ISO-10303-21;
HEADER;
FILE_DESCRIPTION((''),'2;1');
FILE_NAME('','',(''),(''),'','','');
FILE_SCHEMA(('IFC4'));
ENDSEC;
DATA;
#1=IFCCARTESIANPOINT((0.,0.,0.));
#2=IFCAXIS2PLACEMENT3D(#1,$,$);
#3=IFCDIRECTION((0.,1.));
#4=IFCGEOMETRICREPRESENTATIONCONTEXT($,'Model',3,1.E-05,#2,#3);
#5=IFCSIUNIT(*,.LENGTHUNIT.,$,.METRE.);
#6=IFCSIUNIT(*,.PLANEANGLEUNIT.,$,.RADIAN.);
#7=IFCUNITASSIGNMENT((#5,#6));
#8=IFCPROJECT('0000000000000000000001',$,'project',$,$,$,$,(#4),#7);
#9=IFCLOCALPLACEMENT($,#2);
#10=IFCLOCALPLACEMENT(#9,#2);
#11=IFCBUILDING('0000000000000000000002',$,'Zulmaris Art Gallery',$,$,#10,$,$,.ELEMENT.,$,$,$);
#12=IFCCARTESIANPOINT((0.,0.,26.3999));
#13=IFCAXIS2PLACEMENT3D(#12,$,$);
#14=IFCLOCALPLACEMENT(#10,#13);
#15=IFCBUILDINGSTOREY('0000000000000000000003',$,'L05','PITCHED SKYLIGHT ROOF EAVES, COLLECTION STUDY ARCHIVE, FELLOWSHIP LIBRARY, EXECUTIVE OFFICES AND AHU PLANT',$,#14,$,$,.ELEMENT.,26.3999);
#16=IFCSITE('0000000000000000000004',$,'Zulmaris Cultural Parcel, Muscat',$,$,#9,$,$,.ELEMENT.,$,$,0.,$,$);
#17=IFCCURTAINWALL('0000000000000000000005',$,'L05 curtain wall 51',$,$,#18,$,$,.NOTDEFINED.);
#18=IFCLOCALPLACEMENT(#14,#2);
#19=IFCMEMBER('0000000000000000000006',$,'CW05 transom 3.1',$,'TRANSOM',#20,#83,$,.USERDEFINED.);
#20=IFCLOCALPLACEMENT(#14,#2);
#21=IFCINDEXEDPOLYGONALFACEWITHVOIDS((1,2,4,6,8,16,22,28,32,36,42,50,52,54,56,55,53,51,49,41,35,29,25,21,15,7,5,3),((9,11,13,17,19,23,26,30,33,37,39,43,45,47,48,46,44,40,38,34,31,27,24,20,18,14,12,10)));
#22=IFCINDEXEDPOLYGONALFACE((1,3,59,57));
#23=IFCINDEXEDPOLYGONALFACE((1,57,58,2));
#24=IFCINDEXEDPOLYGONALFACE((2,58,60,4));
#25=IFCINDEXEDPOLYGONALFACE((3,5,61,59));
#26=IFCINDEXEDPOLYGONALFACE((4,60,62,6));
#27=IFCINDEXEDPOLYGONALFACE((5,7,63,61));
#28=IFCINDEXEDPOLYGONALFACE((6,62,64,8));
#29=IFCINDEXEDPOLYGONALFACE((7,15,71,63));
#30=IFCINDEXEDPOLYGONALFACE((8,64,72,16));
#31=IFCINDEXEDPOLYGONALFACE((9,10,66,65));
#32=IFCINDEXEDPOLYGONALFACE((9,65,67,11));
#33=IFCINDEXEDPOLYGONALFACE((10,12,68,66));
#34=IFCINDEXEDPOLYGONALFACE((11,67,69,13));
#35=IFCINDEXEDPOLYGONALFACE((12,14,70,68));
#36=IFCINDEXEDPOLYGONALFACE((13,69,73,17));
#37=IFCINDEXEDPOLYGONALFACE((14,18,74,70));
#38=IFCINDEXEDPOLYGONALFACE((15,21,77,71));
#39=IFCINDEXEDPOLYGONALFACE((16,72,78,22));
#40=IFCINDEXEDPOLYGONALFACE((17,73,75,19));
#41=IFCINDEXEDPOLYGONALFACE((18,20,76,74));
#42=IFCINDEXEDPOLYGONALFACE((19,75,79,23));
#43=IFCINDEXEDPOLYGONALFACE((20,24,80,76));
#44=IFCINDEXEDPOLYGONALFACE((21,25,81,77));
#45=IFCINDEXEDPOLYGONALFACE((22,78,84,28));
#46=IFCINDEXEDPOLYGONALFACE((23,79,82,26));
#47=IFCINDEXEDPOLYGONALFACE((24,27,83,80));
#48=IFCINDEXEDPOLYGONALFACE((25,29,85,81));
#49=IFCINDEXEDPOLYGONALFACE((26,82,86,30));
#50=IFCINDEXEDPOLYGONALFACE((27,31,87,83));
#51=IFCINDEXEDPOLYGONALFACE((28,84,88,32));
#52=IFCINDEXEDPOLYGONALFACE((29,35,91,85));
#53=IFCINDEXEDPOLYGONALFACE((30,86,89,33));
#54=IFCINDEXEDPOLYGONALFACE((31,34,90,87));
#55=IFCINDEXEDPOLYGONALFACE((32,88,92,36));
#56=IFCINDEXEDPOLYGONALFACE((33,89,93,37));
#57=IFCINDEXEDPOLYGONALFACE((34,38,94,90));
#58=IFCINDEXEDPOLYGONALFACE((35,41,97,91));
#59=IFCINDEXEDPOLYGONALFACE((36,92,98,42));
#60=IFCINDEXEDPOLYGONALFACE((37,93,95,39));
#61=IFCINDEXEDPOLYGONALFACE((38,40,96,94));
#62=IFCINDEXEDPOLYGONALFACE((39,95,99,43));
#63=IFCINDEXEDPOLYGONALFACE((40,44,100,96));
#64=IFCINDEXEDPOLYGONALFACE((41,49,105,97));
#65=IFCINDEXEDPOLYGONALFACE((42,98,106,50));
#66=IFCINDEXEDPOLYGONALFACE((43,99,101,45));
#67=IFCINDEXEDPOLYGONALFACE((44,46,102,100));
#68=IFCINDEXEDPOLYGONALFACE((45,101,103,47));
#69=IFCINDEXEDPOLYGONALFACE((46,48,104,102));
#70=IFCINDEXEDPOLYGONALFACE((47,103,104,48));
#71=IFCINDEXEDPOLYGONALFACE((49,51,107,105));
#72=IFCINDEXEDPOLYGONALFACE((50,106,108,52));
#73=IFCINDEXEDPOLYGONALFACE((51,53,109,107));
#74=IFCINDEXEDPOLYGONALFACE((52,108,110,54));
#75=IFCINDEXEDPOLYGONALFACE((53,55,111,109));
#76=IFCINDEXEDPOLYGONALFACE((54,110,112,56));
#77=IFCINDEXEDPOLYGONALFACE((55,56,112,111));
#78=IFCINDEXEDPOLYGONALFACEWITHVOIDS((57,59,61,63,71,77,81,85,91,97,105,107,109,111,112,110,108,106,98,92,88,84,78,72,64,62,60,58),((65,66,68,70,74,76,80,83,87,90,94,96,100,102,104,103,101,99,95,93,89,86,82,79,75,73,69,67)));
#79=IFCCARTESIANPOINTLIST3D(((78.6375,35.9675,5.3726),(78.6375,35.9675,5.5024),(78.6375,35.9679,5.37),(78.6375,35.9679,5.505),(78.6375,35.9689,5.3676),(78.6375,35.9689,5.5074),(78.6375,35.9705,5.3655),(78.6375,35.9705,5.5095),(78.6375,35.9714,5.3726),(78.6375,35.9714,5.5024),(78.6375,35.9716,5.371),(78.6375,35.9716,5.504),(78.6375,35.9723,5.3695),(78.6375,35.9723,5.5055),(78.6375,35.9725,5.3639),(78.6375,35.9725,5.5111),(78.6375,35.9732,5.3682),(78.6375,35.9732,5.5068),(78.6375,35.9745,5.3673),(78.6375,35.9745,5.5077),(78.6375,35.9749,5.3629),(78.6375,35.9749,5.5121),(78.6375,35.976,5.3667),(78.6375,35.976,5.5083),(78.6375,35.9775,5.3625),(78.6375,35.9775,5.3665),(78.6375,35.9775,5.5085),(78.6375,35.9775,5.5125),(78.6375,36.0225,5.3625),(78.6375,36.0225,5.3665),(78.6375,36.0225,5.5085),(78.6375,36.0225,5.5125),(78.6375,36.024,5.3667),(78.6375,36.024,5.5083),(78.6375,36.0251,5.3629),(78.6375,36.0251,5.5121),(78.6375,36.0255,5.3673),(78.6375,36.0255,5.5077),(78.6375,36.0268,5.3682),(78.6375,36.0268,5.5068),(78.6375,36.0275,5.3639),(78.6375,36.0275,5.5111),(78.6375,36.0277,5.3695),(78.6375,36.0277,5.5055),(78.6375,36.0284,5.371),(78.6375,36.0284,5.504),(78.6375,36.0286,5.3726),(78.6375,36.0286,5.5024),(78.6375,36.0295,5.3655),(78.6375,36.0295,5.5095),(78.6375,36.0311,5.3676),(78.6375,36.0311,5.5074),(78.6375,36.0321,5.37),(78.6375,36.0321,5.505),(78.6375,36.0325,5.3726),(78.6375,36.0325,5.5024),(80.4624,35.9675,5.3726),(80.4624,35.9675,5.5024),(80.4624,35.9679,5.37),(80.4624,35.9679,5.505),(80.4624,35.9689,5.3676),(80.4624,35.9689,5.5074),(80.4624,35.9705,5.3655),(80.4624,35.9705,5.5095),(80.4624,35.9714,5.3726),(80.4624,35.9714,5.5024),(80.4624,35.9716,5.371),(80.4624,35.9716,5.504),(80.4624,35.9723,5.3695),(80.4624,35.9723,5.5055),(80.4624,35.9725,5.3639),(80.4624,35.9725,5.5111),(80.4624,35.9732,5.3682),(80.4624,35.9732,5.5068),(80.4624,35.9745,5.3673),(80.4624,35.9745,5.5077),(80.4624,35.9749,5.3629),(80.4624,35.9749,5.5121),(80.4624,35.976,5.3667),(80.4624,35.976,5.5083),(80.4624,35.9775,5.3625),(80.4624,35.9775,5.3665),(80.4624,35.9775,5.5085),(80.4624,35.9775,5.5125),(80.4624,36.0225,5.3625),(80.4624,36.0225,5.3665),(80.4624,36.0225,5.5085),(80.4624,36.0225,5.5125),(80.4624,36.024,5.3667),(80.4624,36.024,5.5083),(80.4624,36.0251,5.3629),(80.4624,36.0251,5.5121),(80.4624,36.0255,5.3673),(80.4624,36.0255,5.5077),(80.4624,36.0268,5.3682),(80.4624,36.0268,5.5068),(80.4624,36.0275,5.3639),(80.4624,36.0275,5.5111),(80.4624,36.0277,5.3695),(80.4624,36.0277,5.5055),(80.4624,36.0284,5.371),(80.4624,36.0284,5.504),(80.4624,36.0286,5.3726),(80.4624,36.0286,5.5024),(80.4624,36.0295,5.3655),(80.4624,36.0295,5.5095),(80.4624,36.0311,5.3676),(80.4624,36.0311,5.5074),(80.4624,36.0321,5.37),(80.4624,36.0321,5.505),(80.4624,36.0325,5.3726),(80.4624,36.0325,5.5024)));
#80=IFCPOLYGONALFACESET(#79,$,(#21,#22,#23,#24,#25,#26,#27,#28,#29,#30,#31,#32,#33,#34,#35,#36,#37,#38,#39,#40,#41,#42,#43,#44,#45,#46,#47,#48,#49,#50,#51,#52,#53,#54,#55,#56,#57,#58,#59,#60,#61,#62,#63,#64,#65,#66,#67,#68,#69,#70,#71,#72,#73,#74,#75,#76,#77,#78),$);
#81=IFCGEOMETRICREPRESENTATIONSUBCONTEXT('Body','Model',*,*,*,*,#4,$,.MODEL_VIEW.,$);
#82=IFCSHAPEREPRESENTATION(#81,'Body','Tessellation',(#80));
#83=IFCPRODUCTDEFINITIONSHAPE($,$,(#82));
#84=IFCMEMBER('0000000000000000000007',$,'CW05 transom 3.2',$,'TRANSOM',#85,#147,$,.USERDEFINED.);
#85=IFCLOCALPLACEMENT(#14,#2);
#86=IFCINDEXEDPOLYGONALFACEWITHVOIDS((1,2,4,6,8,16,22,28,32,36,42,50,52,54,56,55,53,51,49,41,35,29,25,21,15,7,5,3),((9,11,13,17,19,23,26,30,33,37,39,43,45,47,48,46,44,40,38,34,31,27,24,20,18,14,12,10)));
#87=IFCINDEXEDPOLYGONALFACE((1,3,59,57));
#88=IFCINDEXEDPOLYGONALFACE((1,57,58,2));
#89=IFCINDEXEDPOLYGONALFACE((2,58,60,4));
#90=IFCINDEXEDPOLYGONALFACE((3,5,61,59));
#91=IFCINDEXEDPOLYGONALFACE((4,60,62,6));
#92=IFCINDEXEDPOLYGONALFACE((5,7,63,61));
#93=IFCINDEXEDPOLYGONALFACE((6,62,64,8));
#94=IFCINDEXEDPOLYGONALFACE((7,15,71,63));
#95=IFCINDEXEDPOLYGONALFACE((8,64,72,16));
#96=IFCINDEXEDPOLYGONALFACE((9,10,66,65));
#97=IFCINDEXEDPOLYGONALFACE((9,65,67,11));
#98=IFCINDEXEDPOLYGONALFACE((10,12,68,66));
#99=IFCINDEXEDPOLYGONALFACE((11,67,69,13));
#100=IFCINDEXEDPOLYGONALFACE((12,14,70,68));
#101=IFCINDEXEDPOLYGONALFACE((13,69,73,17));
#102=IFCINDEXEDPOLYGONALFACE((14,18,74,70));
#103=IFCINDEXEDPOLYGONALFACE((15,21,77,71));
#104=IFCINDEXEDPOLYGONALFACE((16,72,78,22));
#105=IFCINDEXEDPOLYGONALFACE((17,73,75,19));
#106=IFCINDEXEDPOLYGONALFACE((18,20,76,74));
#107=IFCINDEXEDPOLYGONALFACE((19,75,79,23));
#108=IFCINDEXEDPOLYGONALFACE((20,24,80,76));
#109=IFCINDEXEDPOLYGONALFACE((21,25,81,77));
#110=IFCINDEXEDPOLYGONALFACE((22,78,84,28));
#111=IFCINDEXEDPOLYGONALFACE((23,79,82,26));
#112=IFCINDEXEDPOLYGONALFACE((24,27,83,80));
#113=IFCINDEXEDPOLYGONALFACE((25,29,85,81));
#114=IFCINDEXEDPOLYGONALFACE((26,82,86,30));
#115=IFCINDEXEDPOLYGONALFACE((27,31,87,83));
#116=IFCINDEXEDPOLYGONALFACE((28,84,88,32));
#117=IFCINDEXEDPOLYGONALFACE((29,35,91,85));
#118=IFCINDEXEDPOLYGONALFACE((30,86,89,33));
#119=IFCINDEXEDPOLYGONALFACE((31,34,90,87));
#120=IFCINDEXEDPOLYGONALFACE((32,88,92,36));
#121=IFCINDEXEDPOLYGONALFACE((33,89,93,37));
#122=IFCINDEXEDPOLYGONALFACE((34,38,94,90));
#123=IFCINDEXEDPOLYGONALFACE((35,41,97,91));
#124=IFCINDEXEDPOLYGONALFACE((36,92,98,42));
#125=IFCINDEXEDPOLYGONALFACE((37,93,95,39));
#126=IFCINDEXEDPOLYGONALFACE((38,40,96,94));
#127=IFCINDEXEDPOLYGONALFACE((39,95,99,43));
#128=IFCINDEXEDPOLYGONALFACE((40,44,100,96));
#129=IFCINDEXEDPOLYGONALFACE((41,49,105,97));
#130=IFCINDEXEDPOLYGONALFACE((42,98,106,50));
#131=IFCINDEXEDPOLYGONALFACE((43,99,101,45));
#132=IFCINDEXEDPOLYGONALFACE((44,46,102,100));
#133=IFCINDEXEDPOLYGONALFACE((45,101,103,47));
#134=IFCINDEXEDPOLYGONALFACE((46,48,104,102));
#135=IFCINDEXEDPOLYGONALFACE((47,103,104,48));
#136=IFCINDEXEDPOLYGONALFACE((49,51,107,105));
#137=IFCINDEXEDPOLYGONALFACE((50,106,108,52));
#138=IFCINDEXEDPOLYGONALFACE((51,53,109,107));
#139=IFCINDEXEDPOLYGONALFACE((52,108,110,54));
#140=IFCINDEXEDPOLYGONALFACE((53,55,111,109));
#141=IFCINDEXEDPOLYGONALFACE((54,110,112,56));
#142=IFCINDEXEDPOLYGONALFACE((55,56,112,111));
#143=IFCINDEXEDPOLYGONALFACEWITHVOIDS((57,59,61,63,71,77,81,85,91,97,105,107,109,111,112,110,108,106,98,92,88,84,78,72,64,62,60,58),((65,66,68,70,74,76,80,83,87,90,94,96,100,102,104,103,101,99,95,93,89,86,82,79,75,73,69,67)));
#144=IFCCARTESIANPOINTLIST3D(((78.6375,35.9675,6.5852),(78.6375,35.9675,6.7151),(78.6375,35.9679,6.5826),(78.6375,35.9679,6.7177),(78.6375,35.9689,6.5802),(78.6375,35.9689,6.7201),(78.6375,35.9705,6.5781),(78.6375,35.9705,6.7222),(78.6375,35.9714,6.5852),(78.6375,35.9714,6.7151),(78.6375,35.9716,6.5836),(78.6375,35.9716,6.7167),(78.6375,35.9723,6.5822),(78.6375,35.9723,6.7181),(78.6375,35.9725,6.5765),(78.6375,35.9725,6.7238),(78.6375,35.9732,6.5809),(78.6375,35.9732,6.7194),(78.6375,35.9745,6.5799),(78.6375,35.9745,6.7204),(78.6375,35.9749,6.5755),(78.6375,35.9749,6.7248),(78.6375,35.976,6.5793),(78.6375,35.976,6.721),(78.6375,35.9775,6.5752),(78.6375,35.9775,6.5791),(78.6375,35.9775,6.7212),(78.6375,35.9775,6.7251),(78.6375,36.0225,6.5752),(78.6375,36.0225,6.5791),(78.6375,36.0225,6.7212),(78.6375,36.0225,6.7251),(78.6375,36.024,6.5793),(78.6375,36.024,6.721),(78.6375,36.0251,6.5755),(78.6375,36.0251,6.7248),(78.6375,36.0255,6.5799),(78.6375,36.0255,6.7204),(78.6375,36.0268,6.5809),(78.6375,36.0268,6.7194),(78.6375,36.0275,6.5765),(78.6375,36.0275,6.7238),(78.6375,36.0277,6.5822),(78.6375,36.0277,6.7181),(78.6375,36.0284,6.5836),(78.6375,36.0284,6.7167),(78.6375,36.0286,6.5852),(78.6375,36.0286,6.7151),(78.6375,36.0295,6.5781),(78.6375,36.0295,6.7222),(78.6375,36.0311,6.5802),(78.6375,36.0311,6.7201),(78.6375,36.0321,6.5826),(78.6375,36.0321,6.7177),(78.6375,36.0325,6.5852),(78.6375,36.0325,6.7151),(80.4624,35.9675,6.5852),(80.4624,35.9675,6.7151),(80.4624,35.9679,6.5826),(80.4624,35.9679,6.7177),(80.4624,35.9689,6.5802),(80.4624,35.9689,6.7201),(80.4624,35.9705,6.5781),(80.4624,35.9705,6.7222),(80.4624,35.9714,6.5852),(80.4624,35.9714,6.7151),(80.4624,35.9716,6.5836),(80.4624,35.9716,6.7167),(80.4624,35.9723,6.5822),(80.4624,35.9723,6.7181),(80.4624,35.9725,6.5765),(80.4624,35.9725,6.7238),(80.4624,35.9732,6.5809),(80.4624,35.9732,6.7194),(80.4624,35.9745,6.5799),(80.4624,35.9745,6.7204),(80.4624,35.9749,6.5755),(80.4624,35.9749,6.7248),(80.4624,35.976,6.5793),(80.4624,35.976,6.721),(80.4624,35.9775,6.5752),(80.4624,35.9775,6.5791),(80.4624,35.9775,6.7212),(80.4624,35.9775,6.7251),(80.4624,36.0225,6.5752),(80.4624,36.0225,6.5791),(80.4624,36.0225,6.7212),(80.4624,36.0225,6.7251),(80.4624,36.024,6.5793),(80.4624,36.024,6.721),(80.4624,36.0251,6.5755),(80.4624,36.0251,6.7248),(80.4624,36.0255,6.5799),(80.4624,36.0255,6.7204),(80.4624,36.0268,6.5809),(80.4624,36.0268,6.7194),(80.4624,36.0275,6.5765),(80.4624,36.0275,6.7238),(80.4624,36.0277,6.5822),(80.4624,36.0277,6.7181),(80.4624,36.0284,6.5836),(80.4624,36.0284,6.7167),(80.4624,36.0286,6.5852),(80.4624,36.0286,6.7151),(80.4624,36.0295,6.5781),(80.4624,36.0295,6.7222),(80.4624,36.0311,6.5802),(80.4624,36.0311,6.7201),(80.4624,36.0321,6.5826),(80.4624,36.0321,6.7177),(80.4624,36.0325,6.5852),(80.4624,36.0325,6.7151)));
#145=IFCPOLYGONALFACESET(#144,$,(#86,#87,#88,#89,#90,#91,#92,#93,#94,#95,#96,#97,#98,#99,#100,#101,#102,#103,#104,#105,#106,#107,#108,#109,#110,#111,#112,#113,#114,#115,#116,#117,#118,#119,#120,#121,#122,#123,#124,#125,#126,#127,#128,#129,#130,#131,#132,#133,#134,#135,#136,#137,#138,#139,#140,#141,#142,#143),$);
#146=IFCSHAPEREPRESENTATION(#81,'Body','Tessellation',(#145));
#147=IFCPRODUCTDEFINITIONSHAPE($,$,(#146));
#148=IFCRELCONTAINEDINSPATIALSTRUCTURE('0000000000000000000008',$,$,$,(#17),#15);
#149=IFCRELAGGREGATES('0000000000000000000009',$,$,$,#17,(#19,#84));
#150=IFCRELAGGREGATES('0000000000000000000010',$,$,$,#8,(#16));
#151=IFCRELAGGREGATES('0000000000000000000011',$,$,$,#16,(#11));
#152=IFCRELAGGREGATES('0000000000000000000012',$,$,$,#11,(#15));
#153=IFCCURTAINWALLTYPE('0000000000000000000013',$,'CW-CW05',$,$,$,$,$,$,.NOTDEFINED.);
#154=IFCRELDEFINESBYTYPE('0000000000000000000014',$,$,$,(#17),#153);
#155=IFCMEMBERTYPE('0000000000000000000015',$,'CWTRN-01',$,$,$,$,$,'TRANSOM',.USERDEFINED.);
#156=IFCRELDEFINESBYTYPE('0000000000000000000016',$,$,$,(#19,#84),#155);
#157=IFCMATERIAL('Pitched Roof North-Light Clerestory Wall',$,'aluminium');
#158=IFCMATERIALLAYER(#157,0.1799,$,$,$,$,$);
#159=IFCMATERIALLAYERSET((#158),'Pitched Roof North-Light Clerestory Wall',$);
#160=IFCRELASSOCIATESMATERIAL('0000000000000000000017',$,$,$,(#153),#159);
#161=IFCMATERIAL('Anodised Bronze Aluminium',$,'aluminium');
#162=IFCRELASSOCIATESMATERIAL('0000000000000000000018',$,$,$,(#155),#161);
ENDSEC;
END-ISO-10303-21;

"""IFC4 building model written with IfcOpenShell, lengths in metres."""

from ifc_helpers import new_model, si_unit, direction, frame, origin, origin_2d, place, context, subcontext, project, spatial, hollow_rectangle, extrude, material, layer, layer_set, material_profile, profile_set, type_object, element, aggregate, save


model = new_model("IFC4")

# Units and contexts
model_context = context("Model", 3, precision=1e-05, world=origin(), true_north=direction((0.0, 1.0)))
body_context = subcontext(model_context, "Body", "Model", "MODEL_VIEW")
ifc_project = project(units=[si_unit("LENGTHUNIT", "METRE"), si_unit("PLANEANGLEUNIT", "RADIAN")], contexts=[model_context])

# Site, building, storey
site_placement = place(None, origin())
site = spatial("IfcSite", under=ifc_project, at=site_placement, Name="Zulmaris Cultural Parcel, Muscat", CompositionType="ELEMENT", RefElevation=0.0)
building_placement = place(site_placement, origin())
building = spatial("IfcBuilding", under=site, at=building_placement, Name="Zulmaris Art Gallery", CompositionType="ELEMENT")
storey_placement = place(building_placement, frame((0.0, 0.0, 26.3999)))
storey = spatial("IfcBuildingStorey", under=building, at=storey_placement, Name="L05", Description="PITCHED SKYLIGHT ROOF EAVES, COLLECTION STUDY ARCHIVE, FELLOWSHIP LIBRARY, EXECUTIVE OFFICES AND AHU PLANT", CompositionType="ELEMENT", Elevation=26.3999)

# Shared definitions
ifc_material_1 = material(Name="Pitched Roof North-Light Clerestory Wall", Category="aluminium")
ifc_layer_1 = layer(ifc_material_1, 0.1799)
ifc_layer_set_1 = layer_set([ifc_layer_1], Name="Pitched Roof North-Light Clerestory Wall")
curtain_wall_type = type_object("IfcCurtainWallType", Name="CW-CW05", PredefinedType="NOTDEFINED", material=ifc_layer_set_1)
ifc_material_2 = material(Name="Anodised Bronze Aluminium", Category="aluminium")

# Curtain wall
curtain_wall_1_placement = place(storey_placement, origin())
curtain_wall_1 = element("IfcCurtainWall", 1, at=curtain_wall_1_placement, inside=storey, type_object=curtain_wall_type, Name="L05 curtain wall 51", PredefinedType="NOTDEFINED")

# Members
ifc_material_profile_1 = material_profile(ifc_material_2, hollow_rectangle(XDim=0.0649, YDim=0.1499, WallThickness=0.0039, InnerFilletRadius=0.0061, OuterFilletRadius=0.01, at=origin_2d()), Name="ALU 65x150x4")
ifc_profile_set_1 = profile_set([ifc_material_profile_1], Name="Anodised Bronze Aluminium")
member_type_1 = type_object("IfcMemberType", Name="CWTRN-01", ElementType="TRANSOM", PredefinedType="USERDEFINED", material=ifc_profile_set_1)
member_1_placement = place(storey_placement, frame((78.6375, 36.0, 5.4375), z_axis=(1.0, 0.0, 0.0), x_axis=(0.0, 1.0, 0.0)))
member_1 = element("IfcMember", 2, at=member_1_placement, type_object=member_type_1, Name="CW05 transom 3.1", ObjectType="TRANSOM", PredefinedType="USERDEFINED", context=body_context, shape_type="SweptSolid", body=[
    extrude(hollow_rectangle(XDim=0.0649, YDim=0.1499, WallThickness=0.0039, InnerFilletRadius=0.0061, OuterFilletRadius=0.01, at=origin_2d()), origin(), (0.0, 0.0, 1.0), 1.825),
])
member_2_placement = place(storey_placement, frame((78.6375, 36.0, 6.6501), z_axis=(1.0, 0.0, 0.0), x_axis=(0.0, 1.0, 0.0)))
member_2 = element("IfcMember", 3, at=member_2_placement, type_object=member_type_1, Name="CW05 transom 3.2", ObjectType="TRANSOM", PredefinedType="USERDEFINED", context=body_context, shape_type="SweptSolid", body=[
    extrude(hollow_rectangle(XDim=0.0649, YDim=0.1499, WallThickness=0.0039, InnerFilletRadius=0.0061, OuterFilletRadius=0.01, at=origin_2d()), origin(), (0.0, 0.0, 1.0), 1.825),
])

aggregate(curtain_wall_1, [member_1, member_2])

save(model, "model.ifc")
